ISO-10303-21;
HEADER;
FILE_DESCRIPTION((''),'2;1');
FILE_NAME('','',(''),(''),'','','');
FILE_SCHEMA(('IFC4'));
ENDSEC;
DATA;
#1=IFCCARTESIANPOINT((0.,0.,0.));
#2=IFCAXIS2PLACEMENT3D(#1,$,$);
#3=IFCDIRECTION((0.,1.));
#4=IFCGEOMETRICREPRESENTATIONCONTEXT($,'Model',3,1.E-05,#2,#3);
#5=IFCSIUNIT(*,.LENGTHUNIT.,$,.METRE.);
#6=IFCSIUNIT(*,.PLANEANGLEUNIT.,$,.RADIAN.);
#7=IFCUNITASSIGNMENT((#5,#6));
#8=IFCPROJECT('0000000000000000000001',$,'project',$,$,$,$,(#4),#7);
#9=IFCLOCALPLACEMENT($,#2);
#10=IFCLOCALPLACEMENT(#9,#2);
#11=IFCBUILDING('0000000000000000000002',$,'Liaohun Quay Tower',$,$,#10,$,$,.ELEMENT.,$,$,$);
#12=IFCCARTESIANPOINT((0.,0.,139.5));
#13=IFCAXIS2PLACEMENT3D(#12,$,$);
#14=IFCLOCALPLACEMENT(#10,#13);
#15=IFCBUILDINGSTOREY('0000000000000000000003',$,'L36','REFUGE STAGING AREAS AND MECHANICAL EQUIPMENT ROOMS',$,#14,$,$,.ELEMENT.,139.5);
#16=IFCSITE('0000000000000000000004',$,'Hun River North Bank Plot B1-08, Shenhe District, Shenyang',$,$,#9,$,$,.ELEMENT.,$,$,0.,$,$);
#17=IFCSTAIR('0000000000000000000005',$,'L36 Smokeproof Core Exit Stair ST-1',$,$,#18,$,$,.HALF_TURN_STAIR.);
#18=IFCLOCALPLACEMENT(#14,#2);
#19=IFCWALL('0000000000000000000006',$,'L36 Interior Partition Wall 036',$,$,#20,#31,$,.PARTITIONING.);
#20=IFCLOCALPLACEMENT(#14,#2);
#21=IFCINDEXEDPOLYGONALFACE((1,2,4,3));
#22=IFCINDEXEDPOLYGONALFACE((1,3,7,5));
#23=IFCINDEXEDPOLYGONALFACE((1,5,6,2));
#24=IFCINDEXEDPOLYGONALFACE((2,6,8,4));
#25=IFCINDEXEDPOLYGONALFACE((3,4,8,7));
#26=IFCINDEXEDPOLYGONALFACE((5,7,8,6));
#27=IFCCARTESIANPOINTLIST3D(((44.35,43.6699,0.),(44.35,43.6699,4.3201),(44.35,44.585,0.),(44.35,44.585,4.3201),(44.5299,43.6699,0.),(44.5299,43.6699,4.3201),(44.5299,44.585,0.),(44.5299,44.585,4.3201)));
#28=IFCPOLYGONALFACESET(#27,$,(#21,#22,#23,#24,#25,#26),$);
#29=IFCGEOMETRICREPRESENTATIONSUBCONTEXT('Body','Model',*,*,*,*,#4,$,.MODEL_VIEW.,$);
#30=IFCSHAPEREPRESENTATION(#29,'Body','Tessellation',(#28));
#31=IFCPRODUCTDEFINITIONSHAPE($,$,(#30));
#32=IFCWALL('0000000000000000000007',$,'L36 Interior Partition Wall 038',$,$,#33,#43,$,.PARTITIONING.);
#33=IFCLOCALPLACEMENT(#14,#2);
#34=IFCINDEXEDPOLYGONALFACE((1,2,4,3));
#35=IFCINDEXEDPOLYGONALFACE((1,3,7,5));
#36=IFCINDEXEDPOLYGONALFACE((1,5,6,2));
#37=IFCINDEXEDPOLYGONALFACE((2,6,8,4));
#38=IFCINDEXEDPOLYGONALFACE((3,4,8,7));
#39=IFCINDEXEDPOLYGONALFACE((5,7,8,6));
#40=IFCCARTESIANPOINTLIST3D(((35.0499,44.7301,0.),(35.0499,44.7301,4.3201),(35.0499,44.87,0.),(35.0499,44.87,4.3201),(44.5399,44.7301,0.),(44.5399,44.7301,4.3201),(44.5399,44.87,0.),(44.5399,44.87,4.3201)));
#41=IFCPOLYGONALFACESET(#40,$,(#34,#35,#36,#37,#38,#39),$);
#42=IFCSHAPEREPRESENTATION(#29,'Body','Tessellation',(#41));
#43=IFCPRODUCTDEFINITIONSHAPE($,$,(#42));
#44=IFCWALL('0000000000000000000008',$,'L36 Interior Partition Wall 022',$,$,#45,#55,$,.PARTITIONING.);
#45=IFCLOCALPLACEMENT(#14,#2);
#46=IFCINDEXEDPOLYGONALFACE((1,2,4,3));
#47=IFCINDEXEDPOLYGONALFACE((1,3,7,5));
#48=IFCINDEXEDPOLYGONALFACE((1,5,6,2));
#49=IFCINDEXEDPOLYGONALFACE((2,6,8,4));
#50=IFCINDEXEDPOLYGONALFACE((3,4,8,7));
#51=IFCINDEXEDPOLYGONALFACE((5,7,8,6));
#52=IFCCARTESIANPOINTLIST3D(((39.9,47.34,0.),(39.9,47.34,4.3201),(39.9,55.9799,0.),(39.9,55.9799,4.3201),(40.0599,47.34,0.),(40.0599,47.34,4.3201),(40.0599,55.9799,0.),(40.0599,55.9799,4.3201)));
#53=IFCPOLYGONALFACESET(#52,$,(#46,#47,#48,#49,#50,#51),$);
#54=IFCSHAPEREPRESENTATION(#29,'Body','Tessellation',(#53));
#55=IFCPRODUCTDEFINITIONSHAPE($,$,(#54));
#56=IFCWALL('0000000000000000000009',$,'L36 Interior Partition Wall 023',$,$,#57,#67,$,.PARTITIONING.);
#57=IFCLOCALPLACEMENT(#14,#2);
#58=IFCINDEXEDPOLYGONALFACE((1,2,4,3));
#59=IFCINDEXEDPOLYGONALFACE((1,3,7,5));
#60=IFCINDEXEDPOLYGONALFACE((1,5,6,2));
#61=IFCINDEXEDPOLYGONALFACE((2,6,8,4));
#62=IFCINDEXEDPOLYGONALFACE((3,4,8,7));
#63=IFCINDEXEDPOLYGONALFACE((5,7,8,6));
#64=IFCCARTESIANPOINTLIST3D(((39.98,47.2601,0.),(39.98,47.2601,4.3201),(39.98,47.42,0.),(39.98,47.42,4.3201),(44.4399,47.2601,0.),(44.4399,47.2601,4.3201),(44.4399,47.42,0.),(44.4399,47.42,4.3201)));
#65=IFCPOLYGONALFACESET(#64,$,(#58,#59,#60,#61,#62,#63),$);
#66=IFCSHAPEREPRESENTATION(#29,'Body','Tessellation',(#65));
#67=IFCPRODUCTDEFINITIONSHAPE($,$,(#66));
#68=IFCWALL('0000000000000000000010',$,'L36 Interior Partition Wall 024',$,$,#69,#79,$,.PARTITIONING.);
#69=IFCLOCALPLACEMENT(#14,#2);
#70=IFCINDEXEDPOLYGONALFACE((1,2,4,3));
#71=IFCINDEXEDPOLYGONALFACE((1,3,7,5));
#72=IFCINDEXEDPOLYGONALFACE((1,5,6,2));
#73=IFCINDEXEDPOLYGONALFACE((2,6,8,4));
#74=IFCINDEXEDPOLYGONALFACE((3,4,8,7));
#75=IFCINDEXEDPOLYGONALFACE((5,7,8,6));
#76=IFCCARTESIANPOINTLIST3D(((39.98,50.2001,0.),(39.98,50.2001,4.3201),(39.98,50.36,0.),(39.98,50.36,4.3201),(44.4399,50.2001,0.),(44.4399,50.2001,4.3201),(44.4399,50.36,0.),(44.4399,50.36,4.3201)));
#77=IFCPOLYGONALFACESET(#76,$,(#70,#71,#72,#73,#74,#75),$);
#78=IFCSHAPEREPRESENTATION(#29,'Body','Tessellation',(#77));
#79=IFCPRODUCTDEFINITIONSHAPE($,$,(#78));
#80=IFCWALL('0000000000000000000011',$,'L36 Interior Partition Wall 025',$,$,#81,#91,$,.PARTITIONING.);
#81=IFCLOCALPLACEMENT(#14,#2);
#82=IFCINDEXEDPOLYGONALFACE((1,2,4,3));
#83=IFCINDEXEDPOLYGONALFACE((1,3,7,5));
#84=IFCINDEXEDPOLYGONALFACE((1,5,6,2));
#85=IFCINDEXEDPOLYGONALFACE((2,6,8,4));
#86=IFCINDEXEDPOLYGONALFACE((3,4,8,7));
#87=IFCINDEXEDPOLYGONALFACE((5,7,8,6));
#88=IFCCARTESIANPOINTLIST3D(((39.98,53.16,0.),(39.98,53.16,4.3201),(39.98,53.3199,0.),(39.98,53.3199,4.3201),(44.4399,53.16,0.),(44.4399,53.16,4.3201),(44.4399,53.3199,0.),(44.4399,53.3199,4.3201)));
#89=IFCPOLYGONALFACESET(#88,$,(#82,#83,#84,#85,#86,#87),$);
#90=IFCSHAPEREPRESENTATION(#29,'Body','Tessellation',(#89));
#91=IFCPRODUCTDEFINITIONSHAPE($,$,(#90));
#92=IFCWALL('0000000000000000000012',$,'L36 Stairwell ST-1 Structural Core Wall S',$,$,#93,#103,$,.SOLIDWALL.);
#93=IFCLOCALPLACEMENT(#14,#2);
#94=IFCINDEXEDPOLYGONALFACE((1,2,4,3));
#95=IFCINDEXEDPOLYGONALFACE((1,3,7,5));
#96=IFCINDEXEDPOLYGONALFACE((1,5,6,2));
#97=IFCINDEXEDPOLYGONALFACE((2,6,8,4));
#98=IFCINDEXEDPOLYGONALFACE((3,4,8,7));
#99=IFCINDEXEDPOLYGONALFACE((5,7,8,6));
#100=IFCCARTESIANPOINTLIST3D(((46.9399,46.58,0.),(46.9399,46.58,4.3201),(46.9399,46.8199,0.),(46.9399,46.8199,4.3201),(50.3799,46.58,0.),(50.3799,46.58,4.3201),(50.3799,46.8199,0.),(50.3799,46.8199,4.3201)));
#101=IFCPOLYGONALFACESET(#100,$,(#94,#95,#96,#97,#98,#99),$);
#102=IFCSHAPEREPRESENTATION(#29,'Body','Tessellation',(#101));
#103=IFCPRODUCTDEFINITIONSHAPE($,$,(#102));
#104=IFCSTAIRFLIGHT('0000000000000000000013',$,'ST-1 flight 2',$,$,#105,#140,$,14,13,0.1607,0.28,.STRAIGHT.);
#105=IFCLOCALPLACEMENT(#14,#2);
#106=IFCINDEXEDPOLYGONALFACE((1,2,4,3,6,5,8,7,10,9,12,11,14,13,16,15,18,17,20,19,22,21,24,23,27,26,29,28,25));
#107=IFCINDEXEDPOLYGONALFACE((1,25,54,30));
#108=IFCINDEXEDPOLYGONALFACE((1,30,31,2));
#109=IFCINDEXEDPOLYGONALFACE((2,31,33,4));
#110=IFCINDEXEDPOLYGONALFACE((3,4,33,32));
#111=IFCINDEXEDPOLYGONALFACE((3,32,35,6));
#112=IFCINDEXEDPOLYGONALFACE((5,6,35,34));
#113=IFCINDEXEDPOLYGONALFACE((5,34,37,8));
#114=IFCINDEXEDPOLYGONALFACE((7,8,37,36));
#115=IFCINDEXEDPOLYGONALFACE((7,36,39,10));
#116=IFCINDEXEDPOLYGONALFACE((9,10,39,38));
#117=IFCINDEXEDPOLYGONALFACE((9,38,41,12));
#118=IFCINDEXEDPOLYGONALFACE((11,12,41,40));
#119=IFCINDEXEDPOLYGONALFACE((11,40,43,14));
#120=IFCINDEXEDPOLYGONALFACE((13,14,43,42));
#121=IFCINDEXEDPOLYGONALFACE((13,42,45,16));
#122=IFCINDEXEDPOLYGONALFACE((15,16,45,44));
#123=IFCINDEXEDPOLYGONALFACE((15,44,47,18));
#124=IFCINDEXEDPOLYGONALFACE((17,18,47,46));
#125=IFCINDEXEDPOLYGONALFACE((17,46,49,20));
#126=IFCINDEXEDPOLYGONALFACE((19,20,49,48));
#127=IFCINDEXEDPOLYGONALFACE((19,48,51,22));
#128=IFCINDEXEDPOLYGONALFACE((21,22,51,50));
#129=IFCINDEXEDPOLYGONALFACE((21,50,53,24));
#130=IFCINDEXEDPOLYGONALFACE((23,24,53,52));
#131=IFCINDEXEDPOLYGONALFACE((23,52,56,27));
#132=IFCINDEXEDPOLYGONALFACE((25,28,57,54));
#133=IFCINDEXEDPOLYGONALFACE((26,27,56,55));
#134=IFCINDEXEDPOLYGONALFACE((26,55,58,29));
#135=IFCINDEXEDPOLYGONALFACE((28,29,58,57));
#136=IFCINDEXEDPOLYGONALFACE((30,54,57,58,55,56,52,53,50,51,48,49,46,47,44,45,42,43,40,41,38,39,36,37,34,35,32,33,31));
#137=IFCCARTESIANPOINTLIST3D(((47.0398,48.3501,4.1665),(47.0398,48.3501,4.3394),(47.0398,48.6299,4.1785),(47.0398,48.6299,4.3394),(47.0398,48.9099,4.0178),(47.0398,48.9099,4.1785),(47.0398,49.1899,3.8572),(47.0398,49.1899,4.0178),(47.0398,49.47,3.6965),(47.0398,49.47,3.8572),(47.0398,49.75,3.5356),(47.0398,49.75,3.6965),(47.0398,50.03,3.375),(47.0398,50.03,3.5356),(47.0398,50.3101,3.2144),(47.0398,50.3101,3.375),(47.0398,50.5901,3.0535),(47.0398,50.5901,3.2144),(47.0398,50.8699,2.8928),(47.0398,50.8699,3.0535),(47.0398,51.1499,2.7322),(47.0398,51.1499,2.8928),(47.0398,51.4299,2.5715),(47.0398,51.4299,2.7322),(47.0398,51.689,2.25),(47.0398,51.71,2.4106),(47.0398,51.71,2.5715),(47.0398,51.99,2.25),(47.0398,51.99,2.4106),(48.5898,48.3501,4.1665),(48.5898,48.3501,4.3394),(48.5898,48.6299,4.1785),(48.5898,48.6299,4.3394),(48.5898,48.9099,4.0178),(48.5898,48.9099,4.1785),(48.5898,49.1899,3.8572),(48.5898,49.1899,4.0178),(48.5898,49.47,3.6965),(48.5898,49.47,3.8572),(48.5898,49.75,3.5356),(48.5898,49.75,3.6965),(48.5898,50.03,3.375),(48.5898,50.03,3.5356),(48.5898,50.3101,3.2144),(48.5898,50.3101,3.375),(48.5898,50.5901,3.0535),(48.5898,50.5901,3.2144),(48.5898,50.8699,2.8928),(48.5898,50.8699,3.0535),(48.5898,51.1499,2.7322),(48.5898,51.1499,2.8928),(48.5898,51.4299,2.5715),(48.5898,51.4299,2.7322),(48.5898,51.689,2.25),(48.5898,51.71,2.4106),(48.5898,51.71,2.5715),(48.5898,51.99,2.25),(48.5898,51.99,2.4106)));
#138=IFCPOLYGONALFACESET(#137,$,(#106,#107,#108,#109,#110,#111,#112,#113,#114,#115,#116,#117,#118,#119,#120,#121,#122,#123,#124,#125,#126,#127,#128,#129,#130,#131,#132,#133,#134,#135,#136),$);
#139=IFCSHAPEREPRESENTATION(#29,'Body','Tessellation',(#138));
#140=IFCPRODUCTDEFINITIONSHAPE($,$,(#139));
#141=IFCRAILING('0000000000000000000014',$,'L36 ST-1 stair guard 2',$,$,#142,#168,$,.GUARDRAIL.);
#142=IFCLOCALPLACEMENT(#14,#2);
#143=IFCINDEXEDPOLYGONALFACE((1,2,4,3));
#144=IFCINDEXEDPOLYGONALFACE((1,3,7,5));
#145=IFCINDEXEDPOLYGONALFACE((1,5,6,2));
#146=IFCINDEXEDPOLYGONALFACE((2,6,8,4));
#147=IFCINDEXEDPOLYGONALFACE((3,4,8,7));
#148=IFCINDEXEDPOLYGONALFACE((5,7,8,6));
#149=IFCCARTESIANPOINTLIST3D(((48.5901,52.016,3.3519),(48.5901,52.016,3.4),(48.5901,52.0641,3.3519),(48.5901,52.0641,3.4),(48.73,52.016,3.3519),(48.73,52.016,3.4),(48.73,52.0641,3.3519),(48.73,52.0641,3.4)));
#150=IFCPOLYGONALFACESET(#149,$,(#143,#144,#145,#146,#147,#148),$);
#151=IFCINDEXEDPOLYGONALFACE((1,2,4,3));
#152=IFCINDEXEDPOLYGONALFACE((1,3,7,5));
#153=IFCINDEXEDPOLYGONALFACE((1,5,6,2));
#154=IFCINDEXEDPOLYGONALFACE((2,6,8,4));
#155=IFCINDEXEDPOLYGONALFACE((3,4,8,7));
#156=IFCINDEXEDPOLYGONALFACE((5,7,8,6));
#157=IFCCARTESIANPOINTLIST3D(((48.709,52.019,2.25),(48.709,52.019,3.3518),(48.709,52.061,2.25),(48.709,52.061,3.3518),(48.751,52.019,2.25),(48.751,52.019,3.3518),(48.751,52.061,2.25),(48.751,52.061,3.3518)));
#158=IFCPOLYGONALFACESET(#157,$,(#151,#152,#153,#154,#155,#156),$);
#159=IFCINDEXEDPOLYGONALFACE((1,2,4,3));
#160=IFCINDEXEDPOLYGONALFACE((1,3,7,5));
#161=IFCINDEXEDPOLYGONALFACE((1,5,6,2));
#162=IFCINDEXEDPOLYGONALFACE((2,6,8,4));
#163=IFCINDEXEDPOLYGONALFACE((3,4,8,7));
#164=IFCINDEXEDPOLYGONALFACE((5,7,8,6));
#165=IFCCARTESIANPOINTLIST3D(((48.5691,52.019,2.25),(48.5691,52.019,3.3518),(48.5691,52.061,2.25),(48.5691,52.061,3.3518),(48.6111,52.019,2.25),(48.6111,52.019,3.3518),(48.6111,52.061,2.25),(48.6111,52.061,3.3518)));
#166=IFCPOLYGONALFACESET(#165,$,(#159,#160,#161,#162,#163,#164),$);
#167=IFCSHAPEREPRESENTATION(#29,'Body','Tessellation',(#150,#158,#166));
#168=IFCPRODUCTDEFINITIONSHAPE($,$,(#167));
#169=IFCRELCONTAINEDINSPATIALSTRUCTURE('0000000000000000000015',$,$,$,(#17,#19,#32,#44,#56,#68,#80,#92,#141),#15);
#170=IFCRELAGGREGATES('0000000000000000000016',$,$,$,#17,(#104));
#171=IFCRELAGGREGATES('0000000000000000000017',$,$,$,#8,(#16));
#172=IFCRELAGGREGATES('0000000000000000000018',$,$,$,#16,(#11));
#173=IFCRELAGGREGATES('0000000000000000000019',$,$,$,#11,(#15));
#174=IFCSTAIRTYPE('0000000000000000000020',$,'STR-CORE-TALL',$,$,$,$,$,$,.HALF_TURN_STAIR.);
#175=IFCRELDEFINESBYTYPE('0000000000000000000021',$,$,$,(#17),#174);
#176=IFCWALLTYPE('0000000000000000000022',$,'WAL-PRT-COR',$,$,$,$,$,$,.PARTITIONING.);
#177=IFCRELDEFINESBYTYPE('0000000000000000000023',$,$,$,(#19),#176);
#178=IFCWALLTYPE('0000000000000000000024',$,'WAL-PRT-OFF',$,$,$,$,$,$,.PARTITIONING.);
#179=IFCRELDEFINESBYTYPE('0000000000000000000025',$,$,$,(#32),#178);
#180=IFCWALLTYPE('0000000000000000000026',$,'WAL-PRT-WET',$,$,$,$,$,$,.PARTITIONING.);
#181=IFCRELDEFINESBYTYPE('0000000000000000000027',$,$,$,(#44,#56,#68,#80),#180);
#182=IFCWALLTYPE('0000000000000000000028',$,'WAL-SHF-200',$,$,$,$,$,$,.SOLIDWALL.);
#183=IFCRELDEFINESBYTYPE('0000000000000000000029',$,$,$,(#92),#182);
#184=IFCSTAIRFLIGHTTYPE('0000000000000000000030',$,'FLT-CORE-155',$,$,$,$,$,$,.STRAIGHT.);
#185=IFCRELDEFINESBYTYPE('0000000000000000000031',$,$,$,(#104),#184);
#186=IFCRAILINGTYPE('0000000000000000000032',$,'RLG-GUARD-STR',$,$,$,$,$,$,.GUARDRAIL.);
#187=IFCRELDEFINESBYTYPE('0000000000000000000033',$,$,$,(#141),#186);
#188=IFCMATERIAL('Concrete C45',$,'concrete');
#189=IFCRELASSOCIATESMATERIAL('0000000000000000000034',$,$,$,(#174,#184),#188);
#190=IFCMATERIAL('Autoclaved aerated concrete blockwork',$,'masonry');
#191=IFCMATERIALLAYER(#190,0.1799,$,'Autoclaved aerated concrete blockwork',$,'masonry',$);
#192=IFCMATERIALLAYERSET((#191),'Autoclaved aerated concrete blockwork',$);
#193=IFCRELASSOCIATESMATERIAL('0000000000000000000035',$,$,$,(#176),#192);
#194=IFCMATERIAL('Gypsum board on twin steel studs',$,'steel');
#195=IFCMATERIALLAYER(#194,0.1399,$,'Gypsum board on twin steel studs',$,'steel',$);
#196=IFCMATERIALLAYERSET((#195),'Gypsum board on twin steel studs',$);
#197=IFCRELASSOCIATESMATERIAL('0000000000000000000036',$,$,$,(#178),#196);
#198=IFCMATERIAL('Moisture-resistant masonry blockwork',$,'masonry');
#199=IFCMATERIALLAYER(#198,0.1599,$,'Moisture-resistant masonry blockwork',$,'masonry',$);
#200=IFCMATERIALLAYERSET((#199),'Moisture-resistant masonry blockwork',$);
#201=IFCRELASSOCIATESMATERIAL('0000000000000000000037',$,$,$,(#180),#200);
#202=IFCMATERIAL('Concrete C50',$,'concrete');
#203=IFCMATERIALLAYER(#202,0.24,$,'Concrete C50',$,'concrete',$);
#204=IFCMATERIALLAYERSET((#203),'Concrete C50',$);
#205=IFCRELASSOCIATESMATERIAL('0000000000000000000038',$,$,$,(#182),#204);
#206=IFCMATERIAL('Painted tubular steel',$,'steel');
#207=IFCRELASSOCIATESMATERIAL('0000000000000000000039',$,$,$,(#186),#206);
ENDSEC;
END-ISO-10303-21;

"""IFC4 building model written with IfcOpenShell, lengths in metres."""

from ifc_helpers import new_model, si_unit, direction, frame, frame_2d, origin, origin_2d, place, context, subcontext, project, spatial, polyline, rectangle, outline, extrude, material, layer, layer_set, type_object, element, aggregate, save


model = new_model("IFC4")

# Units and contexts
model_context = context("Model", 3, precision=1e-05, world=origin(), true_north=direction((0.0, 1.0)))
body_context = subcontext(model_context, "Body", "Model", "MODEL_VIEW")
ifc_project = project(units=[si_unit("LENGTHUNIT", "METRE"), si_unit("PLANEANGLEUNIT", "RADIAN")], contexts=[model_context])

# Site, building, storey
site_placement = place(None, origin())
site = spatial("IfcSite", under=ifc_project, at=site_placement, Name="Hun River North Bank Plot B1-08, Shenhe District, Shenyang", CompositionType="ELEMENT", RefElevation=0.0)
building_placement = place(site_placement, origin())
building = spatial("IfcBuilding", under=site, at=building_placement, Name="Liaohun Quay Tower", CompositionType="ELEMENT")
storey_placement = place(building_placement, frame((0.0, 0.0, 139.5)))
storey = spatial("IfcBuildingStorey", under=building, at=storey_placement, Name="L36", Description="REFUGE STAGING AREAS AND MECHANICAL EQUIPMENT ROOMS", CompositionType="ELEMENT", Elevation=139.5)

# Stair
ifc_material_1 = material(Name="Concrete C45", Category="concrete")
stair_type = type_object("IfcStairType", Name="STR-CORE-TALL", PredefinedType="HALF_TURN_STAIR", material=ifc_material_1)
stair_1_placement = place(storey_placement, origin())
stair_1 = element("IfcStair", 1, at=stair_1_placement, inside=storey, type_object=stair_type, Name="L36 Smokeproof Core Exit Stair ST-1", PredefinedType="HALF_TURN_STAIR")

# Shared definitions
ifc_material_2 = material(Name="Concrete C50", Category="concrete")

# Walls
ifc_material_3 = material(Name="Autoclaved aerated concrete blockwork", Category="masonry")
ifc_layer_1 = layer(ifc_material_3, 0.1799, Name="Autoclaved aerated concrete blockwork", Category="masonry")
ifc_layer_set_1 = layer_set([ifc_layer_1], Name="Autoclaved aerated concrete blockwork")
wall_type_1 = type_object("IfcWallType", Name="WAL-PRT-COR", PredefinedType="PARTITIONING", material=ifc_layer_set_1)
wall_1_placement = place(storey_placement, frame((44.4399, 43.6699, 0.0), z_axis=(0.0, 0.0, 1.0), x_axis=(0.0, 1.0, 0.0)))
element("IfcWall", 2, at=wall_1_placement, inside=storey, type_object=wall_type_1, Name="L36 Interior Partition Wall 036", PredefinedType="PARTITIONING", context=body_context, shape_type="SweptSolid", body=[
    extrude(rectangle(XDim=0.915, YDim=0.1799, at=frame_2d((0.4575, 0.0))), origin(), (0.0, 0.0, 1.0), 4.3201),
])
ifc_material_4 = material(Name="Gypsum board on twin steel studs", Category="steel")
ifc_layer_2 = layer(ifc_material_4, 0.1399, Name="Gypsum board on twin steel studs", Category="steel")
ifc_layer_set_2 = layer_set([ifc_layer_2], Name="Gypsum board on twin steel studs")
wall_type_2 = type_object("IfcWallType", Name="WAL-PRT-OFF", PredefinedType="PARTITIONING", material=ifc_layer_set_2)
wall_2_placement = place(storey_placement, frame((44.54, 44.8, 0.0), z_axis=(0.0, 0.0, 1.0), x_axis=(-1.0, 0.0, 0.0)))
element("IfcWall", 3, at=wall_2_placement, inside=storey, type_object=wall_type_2, Name="L36 Interior Partition Wall 038", PredefinedType="PARTITIONING", context=body_context, shape_type="SweptSolid", body=[
    extrude(rectangle(XDim=9.49, YDim=0.1399, at=frame_2d((4.7451, 0.0))), origin(), (0.0, 0.0, 1.0), 4.3201),
])

# Shared definitions
ifc_material_5 = material(Name="Moisture-resistant masonry blockwork", Category="masonry")
ifc_layer_3 = layer(ifc_material_5, 0.1599, Name="Moisture-resistant masonry blockwork", Category="masonry")
ifc_layer_set_3 = layer_set([ifc_layer_3], Name="Moisture-resistant masonry blockwork")
wall_type_3 = type_object("IfcWallType", Name="WAL-PRT-WET", PredefinedType="PARTITIONING", material=ifc_layer_set_3)

# Walls
wall_3_placement = place(storey_placement, frame((39.98, 47.3401, 0.0), z_axis=(0.0, 0.0, 1.0), x_axis=(0.0, 1.0, 0.0)))
element("IfcWall", 4, at=wall_3_placement, inside=storey, type_object=wall_type_3, Name="L36 Interior Partition Wall 022", PredefinedType="PARTITIONING", context=body_context, shape_type="SweptSolid", body=[
    extrude(rectangle(XDim=8.6399, YDim=0.1599, at=frame_2d((4.3198, 0.0))), origin(), (0.0, 0.0, 1.0), 4.3201),
])
for number, where, z_axis, x_axis, name in (
    (5, (39.98, 47.3401, 0.0), (0.0, 0.0, 1.0), (1.0, 0.0, 0.0), "L36 Interior Partition Wall 023"),
    (6, (39.98, 50.28, 0.0), (0.0, 0.0, 1.0), (1.0, 0.0, 0.0), "L36 Interior Partition Wall 024"),
    (7, (39.98, 53.24, 0.0), (0.0, 0.0, 1.0), (1.0, 0.0, 0.0), "L36 Interior Partition Wall 025"),
):
    element("IfcWall", number, at=place(storey_placement, frame(where, z_axis=z_axis, x_axis=x_axis)), inside=storey, type_object=wall_type_3, Name=name, PredefinedType="PARTITIONING", context=body_context, shape_type="SweptSolid", body=[
        extrude(rectangle(XDim=4.46, YDim=0.1599, at=frame_2d((2.23, 0.0))), origin(), (0.0, 0.0, 1.0), 4.3201),
    ])
ifc_layer_4 = layer(ifc_material_2, 0.24, Name="Concrete C50", Category="concrete")
ifc_layer_set_4 = layer_set([ifc_layer_4], Name="Concrete C50")
wall_type_4 = type_object("IfcWallType", Name="WAL-SHF-200", PredefinedType="SOLIDWALL", material=ifc_layer_set_4)
wall_4_placement = place(storey_placement, frame((46.9399, 46.7, 0.0), z_axis=(0.0, 0.0, 1.0), x_axis=(1.0, 0.0, 0.0)))
element("IfcWall", 8, at=wall_4_placement, inside=storey, type_object=wall_type_4, Name="L36 Stairwell ST-1 Structural Core Wall S", PredefinedType="SOLIDWALL", context=body_context, shape_type="SweptSolid", body=[
    extrude(rectangle(XDim=3.4399, YDim=0.24, at=frame_2d((1.72, 0.0))), origin(), (0.0, 0.0, 1.0), 4.3201),
])

# Stair flight
stair_flight_type = type_object("IfcStairFlightType", Name="FLT-CORE-155", PredefinedType="STRAIGHT", material=ifc_material_1)
stair_flight_placement = place(storey_placement, frame((47.8149, 51.99, 2.25), z_axis=(0.0, 0.0, 1.0), x_axis=(0.0, -1.0, 0.0)))
stair_flight = element("IfcStairFlight", 9, at=stair_flight_placement, type_object=stair_flight_type, Name="ST-1 flight 2", NumberOfRisers=14, NumberOfTreads=13, PredefinedType="STRAIGHT", RiserHeight=0.1607, TreadLength=0.28, context=body_context, shape_type="SweptSolid", body=[
    extrude(outline(polyline([(0.0, 0.0), (0.0, 0.1606), (0.28, 0.1606), (0.28, 0.3215), (0.5601, 0.3215), (0.5601, 0.4822), (0.8401, 0.4822), (0.8401, 0.6428), (1.1201, 0.6428), (1.1201, 0.8035), (1.3999, 0.8035), (1.3999, 0.9644), (1.6799, 0.9644), (1.6799, 1.125), (1.96, 1.125), (1.96, 1.2856), (2.24, 1.2856), (2.24, 1.4465), (2.52, 1.4465), (2.52, 1.6072), (2.8, 1.6072), (2.8, 1.7678), (3.0801, 1.7678), (3.0801, 1.9285), (3.3601, 1.9285), (3.3601, 2.0894), (3.6399, 2.0894), (3.6399, 2.25), (3.6399, 1.9165), (0.301, 0.0), (0.0, 0.0)])), frame((0.0, 0.7749, 0.0), z_axis=(0.0, -1.0, 0.0), x_axis=(1.0, 0.0, 0.0)), (0.0, 0.0, 1.0), 1.55),
])
aggregate(stair_1, [stair_flight])

# Railing
ifc_material_6 = material(Name="Painted tubular steel", Category="steel")
railing_type_1 = type_object("IfcRailingType", Name="RLG-GUARD-STR", PredefinedType="GUARDRAIL", material=ifc_material_6)
railing_1_placement = place(storey_placement, frame((48.73, 52.04, 2.25)))
element("IfcRailing", 10, at=railing_1_placement, inside=storey, type_object=railing_type_1, Name="L36 ST-1 stair guard 2", PredefinedType="GUARDRAIL", context=body_context, shape_type="SweptSolid", body=[
    extrude(rectangle(XDim=0.0481, YDim=0.0481, at=origin_2d()), frame((0.0, 0.0, 1.126), z_axis=(-1.0, 0.0, 0.0), x_axis=(0.0, -1.0, 0.0)), (0.0, 0.0, 1.0), 0.1399),
    extrude(rectangle(XDim=0.042, YDim=0.042, at=origin_2d()), origin(), (0.0, 0.0, 1.0), 1.1018),
    extrude(rectangle(XDim=0.042, YDim=0.042, at=origin_2d()), frame((-0.1399, 0.0, 0.0)), (0.0, 0.0, 1.0), 1.1018),
])

save(model, "model.ifc")
